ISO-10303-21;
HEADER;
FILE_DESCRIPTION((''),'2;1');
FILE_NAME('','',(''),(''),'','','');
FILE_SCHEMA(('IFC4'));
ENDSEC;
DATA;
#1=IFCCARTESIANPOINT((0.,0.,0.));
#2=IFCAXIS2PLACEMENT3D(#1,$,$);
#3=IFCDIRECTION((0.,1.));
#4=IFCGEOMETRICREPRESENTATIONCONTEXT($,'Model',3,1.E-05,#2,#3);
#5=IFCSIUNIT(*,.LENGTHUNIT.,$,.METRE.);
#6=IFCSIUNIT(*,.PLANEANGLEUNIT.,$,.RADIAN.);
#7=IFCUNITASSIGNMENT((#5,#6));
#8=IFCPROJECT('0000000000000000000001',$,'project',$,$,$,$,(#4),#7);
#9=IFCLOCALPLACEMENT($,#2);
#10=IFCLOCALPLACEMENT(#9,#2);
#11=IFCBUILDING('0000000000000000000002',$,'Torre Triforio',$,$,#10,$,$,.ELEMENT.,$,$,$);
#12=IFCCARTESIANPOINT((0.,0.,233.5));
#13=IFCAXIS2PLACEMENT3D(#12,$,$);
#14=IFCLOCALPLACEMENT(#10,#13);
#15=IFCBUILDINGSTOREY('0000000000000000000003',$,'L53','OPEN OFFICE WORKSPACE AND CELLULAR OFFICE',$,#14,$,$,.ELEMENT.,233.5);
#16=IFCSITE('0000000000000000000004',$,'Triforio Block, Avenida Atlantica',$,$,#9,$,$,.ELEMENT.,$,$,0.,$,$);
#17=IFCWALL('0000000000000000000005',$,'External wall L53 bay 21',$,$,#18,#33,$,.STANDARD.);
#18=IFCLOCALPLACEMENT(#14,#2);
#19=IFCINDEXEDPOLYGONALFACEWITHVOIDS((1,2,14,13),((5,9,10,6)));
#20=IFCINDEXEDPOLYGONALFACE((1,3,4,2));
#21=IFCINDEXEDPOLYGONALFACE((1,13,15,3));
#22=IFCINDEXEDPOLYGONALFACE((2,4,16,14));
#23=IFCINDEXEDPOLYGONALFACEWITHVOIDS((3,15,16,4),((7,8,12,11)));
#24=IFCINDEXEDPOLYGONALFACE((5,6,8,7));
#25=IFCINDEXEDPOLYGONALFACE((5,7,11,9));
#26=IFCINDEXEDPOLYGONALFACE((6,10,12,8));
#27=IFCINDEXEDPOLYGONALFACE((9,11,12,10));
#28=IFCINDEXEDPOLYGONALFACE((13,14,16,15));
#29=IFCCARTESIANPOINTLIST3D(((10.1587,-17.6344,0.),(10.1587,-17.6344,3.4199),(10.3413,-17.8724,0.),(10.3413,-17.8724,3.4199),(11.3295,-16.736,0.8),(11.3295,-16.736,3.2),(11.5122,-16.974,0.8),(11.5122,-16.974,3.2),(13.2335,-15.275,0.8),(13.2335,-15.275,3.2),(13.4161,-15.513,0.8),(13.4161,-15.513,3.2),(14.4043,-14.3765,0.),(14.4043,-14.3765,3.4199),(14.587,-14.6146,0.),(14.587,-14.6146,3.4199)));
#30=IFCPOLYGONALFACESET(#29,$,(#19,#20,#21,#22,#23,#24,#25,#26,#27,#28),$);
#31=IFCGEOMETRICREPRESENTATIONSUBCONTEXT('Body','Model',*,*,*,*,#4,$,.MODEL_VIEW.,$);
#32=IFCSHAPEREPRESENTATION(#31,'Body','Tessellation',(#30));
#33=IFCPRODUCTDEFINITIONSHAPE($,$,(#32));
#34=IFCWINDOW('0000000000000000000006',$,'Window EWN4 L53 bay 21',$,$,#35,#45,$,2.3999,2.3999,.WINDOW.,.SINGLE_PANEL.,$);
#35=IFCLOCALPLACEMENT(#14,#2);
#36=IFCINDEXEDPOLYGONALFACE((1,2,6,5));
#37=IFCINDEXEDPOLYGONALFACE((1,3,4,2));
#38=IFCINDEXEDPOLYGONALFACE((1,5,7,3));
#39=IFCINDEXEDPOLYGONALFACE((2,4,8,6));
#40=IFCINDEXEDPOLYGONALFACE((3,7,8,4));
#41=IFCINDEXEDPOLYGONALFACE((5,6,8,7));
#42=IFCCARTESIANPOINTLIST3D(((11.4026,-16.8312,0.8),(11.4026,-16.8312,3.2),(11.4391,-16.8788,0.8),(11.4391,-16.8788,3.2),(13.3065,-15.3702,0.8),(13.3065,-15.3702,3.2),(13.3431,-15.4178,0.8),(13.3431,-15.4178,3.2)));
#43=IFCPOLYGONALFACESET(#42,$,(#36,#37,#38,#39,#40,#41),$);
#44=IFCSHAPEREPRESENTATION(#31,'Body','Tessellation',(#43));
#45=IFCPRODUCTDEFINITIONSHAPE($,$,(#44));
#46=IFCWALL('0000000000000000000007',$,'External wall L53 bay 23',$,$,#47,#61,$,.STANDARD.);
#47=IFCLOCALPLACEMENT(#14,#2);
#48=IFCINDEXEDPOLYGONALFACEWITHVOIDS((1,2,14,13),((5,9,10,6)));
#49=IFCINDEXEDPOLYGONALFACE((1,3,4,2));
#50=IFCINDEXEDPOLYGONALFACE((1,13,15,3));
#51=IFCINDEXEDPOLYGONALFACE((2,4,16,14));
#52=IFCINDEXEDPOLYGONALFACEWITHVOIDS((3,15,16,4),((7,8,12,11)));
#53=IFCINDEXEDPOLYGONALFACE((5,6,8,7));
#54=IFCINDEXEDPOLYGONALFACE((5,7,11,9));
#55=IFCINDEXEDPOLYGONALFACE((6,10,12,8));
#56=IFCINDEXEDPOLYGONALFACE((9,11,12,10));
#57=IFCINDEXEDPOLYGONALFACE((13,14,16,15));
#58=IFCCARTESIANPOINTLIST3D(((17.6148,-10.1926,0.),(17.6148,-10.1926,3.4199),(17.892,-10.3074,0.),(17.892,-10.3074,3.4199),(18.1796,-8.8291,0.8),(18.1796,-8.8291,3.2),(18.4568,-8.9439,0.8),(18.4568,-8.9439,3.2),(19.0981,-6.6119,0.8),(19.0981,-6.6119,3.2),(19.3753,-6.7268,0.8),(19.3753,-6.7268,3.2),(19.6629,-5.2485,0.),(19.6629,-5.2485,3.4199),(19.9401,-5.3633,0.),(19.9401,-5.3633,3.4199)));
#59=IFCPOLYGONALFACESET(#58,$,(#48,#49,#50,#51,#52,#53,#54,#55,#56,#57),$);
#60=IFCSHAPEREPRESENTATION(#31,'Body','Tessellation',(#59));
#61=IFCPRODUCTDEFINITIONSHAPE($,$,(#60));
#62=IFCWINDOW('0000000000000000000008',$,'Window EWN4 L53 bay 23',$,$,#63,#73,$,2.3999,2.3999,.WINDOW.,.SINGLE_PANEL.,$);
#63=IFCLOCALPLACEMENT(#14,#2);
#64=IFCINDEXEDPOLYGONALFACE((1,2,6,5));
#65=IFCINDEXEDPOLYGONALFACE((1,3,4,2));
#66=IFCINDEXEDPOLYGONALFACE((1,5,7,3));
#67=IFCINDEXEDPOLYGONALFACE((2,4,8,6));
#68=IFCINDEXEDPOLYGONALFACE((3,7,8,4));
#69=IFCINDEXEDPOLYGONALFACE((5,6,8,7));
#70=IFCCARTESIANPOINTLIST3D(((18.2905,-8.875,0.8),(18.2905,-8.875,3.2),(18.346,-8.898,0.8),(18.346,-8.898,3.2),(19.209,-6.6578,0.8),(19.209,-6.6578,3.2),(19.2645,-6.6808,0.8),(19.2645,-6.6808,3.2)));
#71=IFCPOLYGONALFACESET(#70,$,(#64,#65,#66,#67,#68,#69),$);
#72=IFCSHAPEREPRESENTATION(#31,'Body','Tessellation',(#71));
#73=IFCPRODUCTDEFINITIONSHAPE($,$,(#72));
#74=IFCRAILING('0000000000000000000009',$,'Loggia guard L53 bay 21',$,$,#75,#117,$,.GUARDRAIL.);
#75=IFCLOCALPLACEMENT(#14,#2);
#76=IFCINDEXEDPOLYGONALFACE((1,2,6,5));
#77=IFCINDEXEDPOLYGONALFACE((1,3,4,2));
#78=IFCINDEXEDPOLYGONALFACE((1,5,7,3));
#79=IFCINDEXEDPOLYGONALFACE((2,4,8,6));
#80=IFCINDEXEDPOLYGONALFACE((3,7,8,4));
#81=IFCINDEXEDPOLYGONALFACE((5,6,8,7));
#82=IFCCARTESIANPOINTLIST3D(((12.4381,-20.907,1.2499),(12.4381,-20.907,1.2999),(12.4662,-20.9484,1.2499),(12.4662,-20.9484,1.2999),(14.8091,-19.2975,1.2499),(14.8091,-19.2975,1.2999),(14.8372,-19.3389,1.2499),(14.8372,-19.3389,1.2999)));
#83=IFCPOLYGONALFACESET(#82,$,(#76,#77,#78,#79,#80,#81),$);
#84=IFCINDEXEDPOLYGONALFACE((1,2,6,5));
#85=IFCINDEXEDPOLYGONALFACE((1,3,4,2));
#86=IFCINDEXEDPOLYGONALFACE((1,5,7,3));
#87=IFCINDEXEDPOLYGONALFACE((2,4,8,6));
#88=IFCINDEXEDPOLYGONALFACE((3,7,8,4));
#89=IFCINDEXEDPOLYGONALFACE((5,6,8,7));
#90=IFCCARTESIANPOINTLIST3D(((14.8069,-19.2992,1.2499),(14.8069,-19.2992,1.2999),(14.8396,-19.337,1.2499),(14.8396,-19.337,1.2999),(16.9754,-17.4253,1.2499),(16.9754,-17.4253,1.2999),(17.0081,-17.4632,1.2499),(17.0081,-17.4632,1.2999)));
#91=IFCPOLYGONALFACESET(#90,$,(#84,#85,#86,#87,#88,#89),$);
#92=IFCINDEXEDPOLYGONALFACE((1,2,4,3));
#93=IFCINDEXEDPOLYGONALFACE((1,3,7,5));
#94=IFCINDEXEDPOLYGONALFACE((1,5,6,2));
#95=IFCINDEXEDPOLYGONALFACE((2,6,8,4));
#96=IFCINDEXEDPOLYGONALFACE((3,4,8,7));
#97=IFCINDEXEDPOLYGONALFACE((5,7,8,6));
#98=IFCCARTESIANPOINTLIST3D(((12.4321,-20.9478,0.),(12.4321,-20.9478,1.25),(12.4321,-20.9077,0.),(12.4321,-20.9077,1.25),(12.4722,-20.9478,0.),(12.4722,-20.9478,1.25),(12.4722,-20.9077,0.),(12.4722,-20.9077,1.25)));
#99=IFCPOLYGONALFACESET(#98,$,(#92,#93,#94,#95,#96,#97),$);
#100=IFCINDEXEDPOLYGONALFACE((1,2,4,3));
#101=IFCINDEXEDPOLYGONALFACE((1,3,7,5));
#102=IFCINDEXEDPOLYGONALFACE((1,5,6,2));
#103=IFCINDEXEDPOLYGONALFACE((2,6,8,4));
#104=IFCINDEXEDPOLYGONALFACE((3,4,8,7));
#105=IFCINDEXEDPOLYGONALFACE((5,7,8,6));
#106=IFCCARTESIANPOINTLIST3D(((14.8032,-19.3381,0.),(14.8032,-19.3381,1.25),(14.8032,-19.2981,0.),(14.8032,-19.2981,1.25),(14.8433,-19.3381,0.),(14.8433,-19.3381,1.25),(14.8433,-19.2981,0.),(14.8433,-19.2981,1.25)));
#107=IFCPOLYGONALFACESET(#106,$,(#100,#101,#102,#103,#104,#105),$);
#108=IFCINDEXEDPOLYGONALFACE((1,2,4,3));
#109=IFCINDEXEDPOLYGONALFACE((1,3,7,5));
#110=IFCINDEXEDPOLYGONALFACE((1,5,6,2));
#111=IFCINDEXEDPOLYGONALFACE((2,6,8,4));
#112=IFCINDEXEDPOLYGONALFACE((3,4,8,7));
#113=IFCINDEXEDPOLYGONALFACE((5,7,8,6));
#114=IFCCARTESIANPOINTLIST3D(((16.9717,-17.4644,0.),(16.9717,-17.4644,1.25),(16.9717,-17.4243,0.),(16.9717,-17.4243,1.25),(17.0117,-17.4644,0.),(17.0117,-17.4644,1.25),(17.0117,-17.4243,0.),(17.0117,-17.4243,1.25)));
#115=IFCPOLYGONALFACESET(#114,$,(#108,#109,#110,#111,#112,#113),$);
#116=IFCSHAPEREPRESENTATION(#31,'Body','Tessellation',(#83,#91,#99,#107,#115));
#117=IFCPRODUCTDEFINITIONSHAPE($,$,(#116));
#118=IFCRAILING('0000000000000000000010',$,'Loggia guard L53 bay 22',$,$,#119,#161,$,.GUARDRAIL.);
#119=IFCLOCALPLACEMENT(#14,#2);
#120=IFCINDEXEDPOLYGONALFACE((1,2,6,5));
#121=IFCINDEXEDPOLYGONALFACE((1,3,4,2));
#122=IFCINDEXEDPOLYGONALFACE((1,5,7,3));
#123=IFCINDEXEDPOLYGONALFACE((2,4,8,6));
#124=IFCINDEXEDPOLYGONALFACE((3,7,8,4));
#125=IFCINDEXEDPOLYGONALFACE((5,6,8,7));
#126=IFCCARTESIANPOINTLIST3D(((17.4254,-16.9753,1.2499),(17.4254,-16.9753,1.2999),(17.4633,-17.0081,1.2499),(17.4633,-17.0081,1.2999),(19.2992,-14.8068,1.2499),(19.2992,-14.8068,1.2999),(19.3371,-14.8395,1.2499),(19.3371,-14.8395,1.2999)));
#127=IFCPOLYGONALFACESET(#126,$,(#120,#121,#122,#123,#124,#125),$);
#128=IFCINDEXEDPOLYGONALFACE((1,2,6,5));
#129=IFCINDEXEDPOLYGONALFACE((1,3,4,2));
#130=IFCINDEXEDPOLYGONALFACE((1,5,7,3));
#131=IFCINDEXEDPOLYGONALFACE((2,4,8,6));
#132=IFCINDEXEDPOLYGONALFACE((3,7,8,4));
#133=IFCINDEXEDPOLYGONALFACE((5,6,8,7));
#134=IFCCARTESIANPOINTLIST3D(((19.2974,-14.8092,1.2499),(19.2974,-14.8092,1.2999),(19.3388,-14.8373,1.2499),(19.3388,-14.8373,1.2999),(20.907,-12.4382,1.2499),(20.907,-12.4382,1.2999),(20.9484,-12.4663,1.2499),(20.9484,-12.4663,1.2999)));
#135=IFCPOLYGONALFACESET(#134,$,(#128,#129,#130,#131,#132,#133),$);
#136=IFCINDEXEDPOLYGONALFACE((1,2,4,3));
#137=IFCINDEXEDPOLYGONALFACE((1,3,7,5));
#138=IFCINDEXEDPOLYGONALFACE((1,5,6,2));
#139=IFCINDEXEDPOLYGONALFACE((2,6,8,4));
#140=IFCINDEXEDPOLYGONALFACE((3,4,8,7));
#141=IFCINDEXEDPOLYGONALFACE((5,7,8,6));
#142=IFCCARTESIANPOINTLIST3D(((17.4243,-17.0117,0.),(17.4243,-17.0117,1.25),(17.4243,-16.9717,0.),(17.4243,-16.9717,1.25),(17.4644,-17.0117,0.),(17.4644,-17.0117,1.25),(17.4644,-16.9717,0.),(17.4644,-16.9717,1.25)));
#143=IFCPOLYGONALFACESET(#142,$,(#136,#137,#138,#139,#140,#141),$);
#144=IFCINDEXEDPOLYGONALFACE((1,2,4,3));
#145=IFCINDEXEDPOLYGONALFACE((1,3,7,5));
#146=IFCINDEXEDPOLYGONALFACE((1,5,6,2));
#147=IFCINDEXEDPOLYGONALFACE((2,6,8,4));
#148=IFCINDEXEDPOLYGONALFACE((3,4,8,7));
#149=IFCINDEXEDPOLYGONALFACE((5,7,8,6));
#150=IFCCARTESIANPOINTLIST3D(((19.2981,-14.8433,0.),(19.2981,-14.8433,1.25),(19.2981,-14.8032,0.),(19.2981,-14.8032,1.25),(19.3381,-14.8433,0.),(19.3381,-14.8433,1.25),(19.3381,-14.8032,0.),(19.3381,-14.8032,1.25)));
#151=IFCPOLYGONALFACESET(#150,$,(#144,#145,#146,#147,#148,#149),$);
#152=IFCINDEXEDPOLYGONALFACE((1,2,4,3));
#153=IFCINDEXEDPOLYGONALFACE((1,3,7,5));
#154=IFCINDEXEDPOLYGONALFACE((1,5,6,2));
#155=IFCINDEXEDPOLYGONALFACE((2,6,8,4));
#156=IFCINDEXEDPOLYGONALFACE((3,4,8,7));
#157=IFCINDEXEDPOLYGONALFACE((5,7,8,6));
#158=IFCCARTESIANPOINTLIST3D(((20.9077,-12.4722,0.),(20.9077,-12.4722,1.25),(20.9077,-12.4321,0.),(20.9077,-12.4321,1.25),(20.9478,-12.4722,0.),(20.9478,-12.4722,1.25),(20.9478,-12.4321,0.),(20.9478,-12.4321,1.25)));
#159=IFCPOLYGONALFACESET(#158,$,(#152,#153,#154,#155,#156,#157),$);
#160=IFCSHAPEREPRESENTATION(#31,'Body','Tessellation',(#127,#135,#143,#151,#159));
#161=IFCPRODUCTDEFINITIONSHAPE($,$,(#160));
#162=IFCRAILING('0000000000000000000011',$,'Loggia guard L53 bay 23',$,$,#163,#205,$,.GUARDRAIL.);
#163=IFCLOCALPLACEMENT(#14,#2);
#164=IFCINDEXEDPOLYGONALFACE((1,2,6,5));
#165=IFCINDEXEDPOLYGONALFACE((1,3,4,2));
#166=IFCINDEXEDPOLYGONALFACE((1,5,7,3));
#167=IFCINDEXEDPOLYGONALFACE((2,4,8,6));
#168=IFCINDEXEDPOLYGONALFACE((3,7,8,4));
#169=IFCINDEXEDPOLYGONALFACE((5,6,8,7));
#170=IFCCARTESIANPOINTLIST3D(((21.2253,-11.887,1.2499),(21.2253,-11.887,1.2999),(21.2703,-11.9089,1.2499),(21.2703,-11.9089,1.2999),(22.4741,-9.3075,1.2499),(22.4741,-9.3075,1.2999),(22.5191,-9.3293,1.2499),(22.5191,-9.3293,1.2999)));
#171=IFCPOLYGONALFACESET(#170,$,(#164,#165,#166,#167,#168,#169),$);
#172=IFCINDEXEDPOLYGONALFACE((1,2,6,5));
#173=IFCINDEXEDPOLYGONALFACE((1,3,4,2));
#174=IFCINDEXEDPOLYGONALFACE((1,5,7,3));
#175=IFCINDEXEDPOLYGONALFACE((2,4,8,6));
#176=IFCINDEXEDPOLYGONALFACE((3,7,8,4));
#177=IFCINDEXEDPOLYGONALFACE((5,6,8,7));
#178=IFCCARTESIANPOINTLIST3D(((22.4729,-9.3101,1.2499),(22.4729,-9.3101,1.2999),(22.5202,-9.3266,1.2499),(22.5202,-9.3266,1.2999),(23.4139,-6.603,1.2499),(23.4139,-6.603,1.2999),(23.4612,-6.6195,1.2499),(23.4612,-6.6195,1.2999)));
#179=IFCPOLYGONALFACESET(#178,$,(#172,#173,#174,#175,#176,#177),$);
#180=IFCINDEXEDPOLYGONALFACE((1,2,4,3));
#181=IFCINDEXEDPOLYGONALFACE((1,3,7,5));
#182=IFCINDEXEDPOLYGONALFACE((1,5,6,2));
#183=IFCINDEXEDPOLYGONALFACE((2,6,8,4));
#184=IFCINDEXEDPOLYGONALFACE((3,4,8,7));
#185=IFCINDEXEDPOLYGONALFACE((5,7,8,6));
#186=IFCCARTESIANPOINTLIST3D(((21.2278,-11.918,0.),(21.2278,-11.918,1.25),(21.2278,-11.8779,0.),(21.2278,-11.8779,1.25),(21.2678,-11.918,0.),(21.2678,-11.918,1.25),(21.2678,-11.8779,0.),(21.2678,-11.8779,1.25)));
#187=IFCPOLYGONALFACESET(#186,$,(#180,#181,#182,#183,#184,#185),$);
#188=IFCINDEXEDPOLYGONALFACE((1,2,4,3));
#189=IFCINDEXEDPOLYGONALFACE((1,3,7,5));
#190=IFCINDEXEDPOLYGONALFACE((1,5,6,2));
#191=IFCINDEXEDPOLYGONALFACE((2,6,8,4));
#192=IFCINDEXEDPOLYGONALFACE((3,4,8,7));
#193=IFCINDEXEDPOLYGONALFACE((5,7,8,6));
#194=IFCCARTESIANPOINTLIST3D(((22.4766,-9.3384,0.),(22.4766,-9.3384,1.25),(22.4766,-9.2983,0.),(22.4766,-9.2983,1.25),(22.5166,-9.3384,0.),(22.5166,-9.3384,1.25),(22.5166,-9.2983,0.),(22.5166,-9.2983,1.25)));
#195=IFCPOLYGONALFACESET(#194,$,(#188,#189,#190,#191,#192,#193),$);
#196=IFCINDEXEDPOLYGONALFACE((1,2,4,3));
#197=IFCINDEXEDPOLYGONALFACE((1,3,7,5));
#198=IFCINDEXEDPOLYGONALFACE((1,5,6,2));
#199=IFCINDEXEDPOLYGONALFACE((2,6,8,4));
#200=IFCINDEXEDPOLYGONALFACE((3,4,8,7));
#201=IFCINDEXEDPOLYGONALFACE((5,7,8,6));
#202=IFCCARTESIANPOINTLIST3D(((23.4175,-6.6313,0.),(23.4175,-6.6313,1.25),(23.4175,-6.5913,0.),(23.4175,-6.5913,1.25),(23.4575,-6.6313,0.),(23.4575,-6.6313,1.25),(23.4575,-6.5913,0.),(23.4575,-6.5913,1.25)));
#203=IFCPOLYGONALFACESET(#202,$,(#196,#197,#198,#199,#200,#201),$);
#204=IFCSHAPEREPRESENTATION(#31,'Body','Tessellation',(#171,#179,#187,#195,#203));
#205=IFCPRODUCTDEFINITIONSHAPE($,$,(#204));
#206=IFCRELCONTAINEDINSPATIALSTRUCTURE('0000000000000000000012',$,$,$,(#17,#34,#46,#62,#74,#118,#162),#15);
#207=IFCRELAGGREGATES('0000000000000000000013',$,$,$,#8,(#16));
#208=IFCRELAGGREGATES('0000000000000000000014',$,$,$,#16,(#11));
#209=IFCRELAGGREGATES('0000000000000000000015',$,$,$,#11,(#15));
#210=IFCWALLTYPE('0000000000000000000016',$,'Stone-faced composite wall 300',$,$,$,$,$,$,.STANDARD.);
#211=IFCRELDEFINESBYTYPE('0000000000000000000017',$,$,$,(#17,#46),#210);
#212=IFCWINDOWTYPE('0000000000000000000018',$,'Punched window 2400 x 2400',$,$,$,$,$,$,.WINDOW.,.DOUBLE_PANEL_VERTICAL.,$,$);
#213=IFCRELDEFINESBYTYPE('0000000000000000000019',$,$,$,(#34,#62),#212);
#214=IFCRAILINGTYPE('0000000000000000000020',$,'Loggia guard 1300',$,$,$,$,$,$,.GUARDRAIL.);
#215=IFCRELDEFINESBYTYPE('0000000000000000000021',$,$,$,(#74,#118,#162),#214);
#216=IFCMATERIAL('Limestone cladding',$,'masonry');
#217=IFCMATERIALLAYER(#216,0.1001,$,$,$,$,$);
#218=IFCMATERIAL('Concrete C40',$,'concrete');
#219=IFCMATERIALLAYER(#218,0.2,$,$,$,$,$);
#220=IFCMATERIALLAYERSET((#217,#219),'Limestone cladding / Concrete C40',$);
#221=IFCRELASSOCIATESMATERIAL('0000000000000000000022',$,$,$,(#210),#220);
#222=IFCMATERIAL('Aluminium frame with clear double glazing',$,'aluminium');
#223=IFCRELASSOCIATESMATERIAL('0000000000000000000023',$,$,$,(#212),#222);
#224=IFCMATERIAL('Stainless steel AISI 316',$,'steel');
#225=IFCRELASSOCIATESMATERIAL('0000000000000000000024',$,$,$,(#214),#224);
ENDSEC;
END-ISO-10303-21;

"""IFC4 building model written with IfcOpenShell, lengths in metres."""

from ifc_helpers import new_model, si_unit, direction, frame, frame_2d, origin, origin_2d, place, context, subcontext, project, spatial, rectangle, extrude, material, layer, layer_set, type_object, element, fill, save


model = new_model("IFC4")

# Units and contexts
model_context = context("Model", 3, precision=1e-05, world=origin(), true_north=direction((0.0, 1.0)))
body_context = subcontext(model_context, "Body", "Model", "MODEL_VIEW")
ifc_project = project(units=[si_unit("LENGTHUNIT", "METRE"), si_unit("PLANEANGLEUNIT", "RADIAN")], contexts=[model_context])

# Site, building, storey
site_placement = place(None, origin())
site = spatial("IfcSite", under=ifc_project, at=site_placement, Name="Triforio Block, Avenida Atlantica", CompositionType="ELEMENT", RefElevation=0.0)
building_placement = place(site_placement, origin())
building = spatial("IfcBuilding", under=site, at=building_placement, Name="Torre Triforio", CompositionType="ELEMENT")
storey_placement = place(building_placement, frame((0.0, 0.0, 233.5)))
storey = spatial("IfcBuildingStorey", under=building, at=storey_placement, Name="L53", Description="OPEN OFFICE WORKSPACE AND CELLULAR OFFICE", CompositionType="ELEMENT", Elevation=233.5)

# Shared definitions
ifc_material_1 = material(Name="Concrete C40", Category="concrete")

# Shared definitions
ifc_material_2 = material(Name="Limestone cladding", Category="masonry")

# Wall, opening, window
ifc_layer_1 = layer(ifc_material_2, 0.1001)
ifc_layer_2 = layer(ifc_material_1, 0.2)
ifc_layer_set_1 = layer_set([ifc_layer_1, ifc_layer_2], Name="Limestone cladding / Concrete C40")
wall_type_1 = type_object("IfcWallType", Name="Stone-faced composite wall 300", PredefinedType="STANDARD", material=ifc_layer_set_1)
wall_1_placement = place(storey_placement, frame((10.25, -17.7534, 0.0), z_axis=(0.0, 0.0, 1.0), x_axis=(0.793349, 0.608767, 0.0)))
wall_1 = element("IfcWall", 1, at=wall_1_placement, inside=storey, type_object=wall_type_1, Name="External wall L53 bay 21", PredefinedType="STANDARD", context=body_context, shape_type="SweptSolid", body=[
    extrude(rectangle(XDim=5.3516, YDim=0.3, at=frame_2d((2.6758, 0.0))), origin(), (0.0, 0.0, 1.0), 3.4199),
])
opening_1_placement = place(wall_1_placement, frame((1.4758, 0.0, 0.8)))
opening_1 = element("IfcOpeningElement", 2, at=opening_1_placement, cuts=wall_1, PredefinedType="OPENING", context=body_context, shape_type="SweptSolid", body=[
    extrude(rectangle(XDim=2.3999, YDim=2.3999, at=frame_2d((1.2, 1.2))), frame((0.0, 0.1599, 0.0), z_axis=(0.0, -1.0, 0.0), x_axis=(1.0, 0.0, 0.0)), (0.0, 0.0, 1.0), 0.3201),
])
ifc_material_3 = material(Name="Aluminium frame with clear double glazing", Category="aluminium")
window_type_1 = type_object("IfcWindowType", Name="Punched window 2400 x 2400", PartitioningType="DOUBLE_PANEL_VERTICAL", PredefinedType="WINDOW", material=ifc_material_3)
window_1_placement = place(opening_1_placement, origin())
window_1 = element("IfcWindow", 3, at=window_1_placement, inside=storey, type_object=window_type_1, Name="Window EWN4 L53 bay 21", OverallHeight=2.3999, OverallWidth=2.3999, PartitioningType="SINGLE_PANEL", PredefinedType="WINDOW", context=body_context, shape_type="SweptSolid", body=[
    extrude(rectangle(XDim=2.3999, YDim=2.3999, at=frame_2d((1.2, 1.2))), frame((0.0, 0.03, 0.0), z_axis=(0.0, -1.0, 0.0), x_axis=(1.0, 0.0, 0.0)), (0.0, 0.0, 1.0), 0.0601),
])
fill(opening_1, window_1)

# Wall, opening, window
wall_2_placement = place(storey_placement, frame((17.7534, -10.25, 0.0), z_axis=(0.0, 0.0, 1.0), x_axis=(0.382713, 0.923867, 0.0)))
wall_2 = element("IfcWall", 4, at=wall_2_placement, inside=storey, type_object=wall_type_1, Name="External wall L53 bay 23", PredefinedType="STANDARD", context=body_context, shape_type="SweptSolid", body=[
    extrude(rectangle(XDim=5.3516, YDim=0.3, at=frame_2d((2.6758, 0.0))), origin(), (0.0, 0.0, 1.0), 3.4199),
])
opening_2_placement = place(wall_2_placement, frame((1.4758, 0.0, 0.8)))
opening_2 = element("IfcOpeningElement", 5, at=opening_2_placement, cuts=wall_2, PredefinedType="OPENING", context=body_context, shape_type="SweptSolid", body=[
    extrude(rectangle(XDim=2.3999, YDim=2.3999, at=frame_2d((1.2, 1.2))), frame((0.0, 0.1599, 0.0), z_axis=(0.0, -1.0, 0.0), x_axis=(1.0, 0.0, 0.0)), (0.0, 0.0, 1.0), 0.3201),
])
window_2_placement = place(opening_2_placement, origin())
window_2 = element("IfcWindow", 6, at=window_2_placement, inside=storey, type_object=window_type_1, Name="Window EWN4 L53 bay 23", OverallHeight=2.3999, OverallWidth=2.3999, PartitioningType="SINGLE_PANEL", PredefinedType="WINDOW", context=body_context, shape_type="SweptSolid", body=[
    extrude(rectangle(XDim=2.3999, YDim=2.3999, at=frame_2d((1.2, 1.2))), frame((0.0, 0.03, 0.0), z_axis=(0.0, -1.0, 0.0), x_axis=(1.0, 0.0, 0.0)), (0.0, 0.0, 1.0), 0.0601),
])
fill(opening_2, window_2)

# Railings
ifc_material_4 = material(Name="Stainless steel AISI 316", Category="steel")
railing_type = type_object("IfcRailingType", Name="Loggia guard 1300", PredefinedType="GUARDRAIL", material=ifc_material_4)
railing_1_placement = place(storey_placement, frame((12.4521, -20.9277, 0.0)))
element("IfcRailing", 7, at=railing_1_placement, inside=storey, type_object=railing_type, Name="Loggia guard L53 bay 21", PredefinedType="GUARDRAIL", context=body_context, shape_type="SweptSolid", body=[
    extrude(rectangle(XDim=0.05, YDim=0.05, at=origin_2d()), frame((0.0, 0.0, 1.2749), z_axis=(0.827368, 0.56166, 0.0), x_axis=(-0.56166, 0.827368, 0.0)), (0.0, 0.0, 1.0), 2.8657),
    extrude(rectangle(XDim=0.05, YDim=0.05, at=origin_2d()), frame((2.3711, 1.6096, 1.2749), z_axis=(0.756647, 0.653824, 0.0), x_axis=(-0.653824, 0.756647, 0.0)), (0.0, 0.0, 1.0), 2.866),
    extrude(rectangle(XDim=0.04, YDim=0.04, at=origin_2d()), origin(), (0.0, 0.0, 1.0), 1.25),
    extrude(rectangle(XDim=0.04, YDim=0.04, at=origin_2d()), frame((2.3711, 1.6096, 0.0)), (0.0, 0.0, 1.0), 1.25),
    extrude(rectangle(XDim=0.04, YDim=0.04, at=origin_2d()), frame((4.5396, 3.4834, 0.0)), (0.0, 0.0, 1.0), 1.25),
])
railing_2_placement = place(storey_placement, frame((17.4443, -16.9917, 0.0)))
element("IfcRailing", 8, at=railing_2_placement, inside=storey, type_object=railing_type, Name="Loggia guard L53 bay 22", PredefinedType="GUARDRAIL", context=body_context, shape_type="SweptSolid", body=[
    extrude(rectangle(XDim=0.05, YDim=0.05, at=origin_2d()), frame((0.0, 0.0, 1.2749), z_axis=(0.653824, 0.756647, 0.0), x_axis=(-0.756647, 0.653824, 0.0)), (0.0, 0.0, 1.0), 2.866),
    extrude(rectangle(XDim=0.05, YDim=0.05, at=origin_2d()), frame((1.8738, 2.1685, 1.2749), z_axis=(0.56166, 0.827368, 0.0), x_axis=(-0.827368, 0.56166, 0.0)), (0.0, 0.0, 1.0), 2.8657),
    extrude(rectangle(XDim=0.04, YDim=0.04, at=origin_2d()), origin(), (0.0, 0.0, 1.0), 1.25),
    extrude(rectangle(XDim=0.04, YDim=0.04, at=origin_2d()), frame((1.8738, 2.1685, 0.0)), (0.0, 0.0, 1.0), 1.25),
    extrude(rectangle(XDim=0.04, YDim=0.04, at=origin_2d()), frame((3.4834, 4.5396, 0.0)), (0.0, 0.0, 1.0), 1.25),
])
railing_3_placement = place(storey_placement, frame((21.2478, -11.8979, 0.0)))
element("IfcRailing", 9, at=railing_3_placement, inside=storey, type_object=railing_type, Name="Loggia guard L53 bay 23", PredefinedType="GUARDRAIL", context=body_context, shape_type="SweptSolid", body=[
    extrude(rectangle(XDim=0.05, YDim=0.05, at=origin_2d()), frame((0.0, 0.0, 1.2749), z_axis=(0.435728, 0.900078, 0.0), x_axis=(-0.900078, 0.435728, 0.0)), (0.0, 0.0, 1.0), 2.866),
    extrude(rectangle(XDim=0.05, YDim=0.05, at=origin_2d()), frame((1.2488, 2.5796, 1.2749), z_axis=(0.328316, 0.944568, 0.0), x_axis=(-0.944568, 0.328316, 0.0)), (0.0, 0.0, 1.0), 2.866),
    extrude(rectangle(XDim=0.04, YDim=0.04, at=origin_2d()), origin(), (0.0, 0.0, 1.0), 1.25),
    extrude(rectangle(XDim=0.04, YDim=0.04, at=origin_2d()), frame((1.2488, 2.5796, 0.0)), (0.0, 0.0, 1.0), 1.25),
    extrude(rectangle(XDim=0.04, YDim=0.04, at=origin_2d()), frame((2.1897, 5.2866, 0.0)), (0.0, 0.0, 1.0), 1.25),
])

save(model, "model.ifc")
